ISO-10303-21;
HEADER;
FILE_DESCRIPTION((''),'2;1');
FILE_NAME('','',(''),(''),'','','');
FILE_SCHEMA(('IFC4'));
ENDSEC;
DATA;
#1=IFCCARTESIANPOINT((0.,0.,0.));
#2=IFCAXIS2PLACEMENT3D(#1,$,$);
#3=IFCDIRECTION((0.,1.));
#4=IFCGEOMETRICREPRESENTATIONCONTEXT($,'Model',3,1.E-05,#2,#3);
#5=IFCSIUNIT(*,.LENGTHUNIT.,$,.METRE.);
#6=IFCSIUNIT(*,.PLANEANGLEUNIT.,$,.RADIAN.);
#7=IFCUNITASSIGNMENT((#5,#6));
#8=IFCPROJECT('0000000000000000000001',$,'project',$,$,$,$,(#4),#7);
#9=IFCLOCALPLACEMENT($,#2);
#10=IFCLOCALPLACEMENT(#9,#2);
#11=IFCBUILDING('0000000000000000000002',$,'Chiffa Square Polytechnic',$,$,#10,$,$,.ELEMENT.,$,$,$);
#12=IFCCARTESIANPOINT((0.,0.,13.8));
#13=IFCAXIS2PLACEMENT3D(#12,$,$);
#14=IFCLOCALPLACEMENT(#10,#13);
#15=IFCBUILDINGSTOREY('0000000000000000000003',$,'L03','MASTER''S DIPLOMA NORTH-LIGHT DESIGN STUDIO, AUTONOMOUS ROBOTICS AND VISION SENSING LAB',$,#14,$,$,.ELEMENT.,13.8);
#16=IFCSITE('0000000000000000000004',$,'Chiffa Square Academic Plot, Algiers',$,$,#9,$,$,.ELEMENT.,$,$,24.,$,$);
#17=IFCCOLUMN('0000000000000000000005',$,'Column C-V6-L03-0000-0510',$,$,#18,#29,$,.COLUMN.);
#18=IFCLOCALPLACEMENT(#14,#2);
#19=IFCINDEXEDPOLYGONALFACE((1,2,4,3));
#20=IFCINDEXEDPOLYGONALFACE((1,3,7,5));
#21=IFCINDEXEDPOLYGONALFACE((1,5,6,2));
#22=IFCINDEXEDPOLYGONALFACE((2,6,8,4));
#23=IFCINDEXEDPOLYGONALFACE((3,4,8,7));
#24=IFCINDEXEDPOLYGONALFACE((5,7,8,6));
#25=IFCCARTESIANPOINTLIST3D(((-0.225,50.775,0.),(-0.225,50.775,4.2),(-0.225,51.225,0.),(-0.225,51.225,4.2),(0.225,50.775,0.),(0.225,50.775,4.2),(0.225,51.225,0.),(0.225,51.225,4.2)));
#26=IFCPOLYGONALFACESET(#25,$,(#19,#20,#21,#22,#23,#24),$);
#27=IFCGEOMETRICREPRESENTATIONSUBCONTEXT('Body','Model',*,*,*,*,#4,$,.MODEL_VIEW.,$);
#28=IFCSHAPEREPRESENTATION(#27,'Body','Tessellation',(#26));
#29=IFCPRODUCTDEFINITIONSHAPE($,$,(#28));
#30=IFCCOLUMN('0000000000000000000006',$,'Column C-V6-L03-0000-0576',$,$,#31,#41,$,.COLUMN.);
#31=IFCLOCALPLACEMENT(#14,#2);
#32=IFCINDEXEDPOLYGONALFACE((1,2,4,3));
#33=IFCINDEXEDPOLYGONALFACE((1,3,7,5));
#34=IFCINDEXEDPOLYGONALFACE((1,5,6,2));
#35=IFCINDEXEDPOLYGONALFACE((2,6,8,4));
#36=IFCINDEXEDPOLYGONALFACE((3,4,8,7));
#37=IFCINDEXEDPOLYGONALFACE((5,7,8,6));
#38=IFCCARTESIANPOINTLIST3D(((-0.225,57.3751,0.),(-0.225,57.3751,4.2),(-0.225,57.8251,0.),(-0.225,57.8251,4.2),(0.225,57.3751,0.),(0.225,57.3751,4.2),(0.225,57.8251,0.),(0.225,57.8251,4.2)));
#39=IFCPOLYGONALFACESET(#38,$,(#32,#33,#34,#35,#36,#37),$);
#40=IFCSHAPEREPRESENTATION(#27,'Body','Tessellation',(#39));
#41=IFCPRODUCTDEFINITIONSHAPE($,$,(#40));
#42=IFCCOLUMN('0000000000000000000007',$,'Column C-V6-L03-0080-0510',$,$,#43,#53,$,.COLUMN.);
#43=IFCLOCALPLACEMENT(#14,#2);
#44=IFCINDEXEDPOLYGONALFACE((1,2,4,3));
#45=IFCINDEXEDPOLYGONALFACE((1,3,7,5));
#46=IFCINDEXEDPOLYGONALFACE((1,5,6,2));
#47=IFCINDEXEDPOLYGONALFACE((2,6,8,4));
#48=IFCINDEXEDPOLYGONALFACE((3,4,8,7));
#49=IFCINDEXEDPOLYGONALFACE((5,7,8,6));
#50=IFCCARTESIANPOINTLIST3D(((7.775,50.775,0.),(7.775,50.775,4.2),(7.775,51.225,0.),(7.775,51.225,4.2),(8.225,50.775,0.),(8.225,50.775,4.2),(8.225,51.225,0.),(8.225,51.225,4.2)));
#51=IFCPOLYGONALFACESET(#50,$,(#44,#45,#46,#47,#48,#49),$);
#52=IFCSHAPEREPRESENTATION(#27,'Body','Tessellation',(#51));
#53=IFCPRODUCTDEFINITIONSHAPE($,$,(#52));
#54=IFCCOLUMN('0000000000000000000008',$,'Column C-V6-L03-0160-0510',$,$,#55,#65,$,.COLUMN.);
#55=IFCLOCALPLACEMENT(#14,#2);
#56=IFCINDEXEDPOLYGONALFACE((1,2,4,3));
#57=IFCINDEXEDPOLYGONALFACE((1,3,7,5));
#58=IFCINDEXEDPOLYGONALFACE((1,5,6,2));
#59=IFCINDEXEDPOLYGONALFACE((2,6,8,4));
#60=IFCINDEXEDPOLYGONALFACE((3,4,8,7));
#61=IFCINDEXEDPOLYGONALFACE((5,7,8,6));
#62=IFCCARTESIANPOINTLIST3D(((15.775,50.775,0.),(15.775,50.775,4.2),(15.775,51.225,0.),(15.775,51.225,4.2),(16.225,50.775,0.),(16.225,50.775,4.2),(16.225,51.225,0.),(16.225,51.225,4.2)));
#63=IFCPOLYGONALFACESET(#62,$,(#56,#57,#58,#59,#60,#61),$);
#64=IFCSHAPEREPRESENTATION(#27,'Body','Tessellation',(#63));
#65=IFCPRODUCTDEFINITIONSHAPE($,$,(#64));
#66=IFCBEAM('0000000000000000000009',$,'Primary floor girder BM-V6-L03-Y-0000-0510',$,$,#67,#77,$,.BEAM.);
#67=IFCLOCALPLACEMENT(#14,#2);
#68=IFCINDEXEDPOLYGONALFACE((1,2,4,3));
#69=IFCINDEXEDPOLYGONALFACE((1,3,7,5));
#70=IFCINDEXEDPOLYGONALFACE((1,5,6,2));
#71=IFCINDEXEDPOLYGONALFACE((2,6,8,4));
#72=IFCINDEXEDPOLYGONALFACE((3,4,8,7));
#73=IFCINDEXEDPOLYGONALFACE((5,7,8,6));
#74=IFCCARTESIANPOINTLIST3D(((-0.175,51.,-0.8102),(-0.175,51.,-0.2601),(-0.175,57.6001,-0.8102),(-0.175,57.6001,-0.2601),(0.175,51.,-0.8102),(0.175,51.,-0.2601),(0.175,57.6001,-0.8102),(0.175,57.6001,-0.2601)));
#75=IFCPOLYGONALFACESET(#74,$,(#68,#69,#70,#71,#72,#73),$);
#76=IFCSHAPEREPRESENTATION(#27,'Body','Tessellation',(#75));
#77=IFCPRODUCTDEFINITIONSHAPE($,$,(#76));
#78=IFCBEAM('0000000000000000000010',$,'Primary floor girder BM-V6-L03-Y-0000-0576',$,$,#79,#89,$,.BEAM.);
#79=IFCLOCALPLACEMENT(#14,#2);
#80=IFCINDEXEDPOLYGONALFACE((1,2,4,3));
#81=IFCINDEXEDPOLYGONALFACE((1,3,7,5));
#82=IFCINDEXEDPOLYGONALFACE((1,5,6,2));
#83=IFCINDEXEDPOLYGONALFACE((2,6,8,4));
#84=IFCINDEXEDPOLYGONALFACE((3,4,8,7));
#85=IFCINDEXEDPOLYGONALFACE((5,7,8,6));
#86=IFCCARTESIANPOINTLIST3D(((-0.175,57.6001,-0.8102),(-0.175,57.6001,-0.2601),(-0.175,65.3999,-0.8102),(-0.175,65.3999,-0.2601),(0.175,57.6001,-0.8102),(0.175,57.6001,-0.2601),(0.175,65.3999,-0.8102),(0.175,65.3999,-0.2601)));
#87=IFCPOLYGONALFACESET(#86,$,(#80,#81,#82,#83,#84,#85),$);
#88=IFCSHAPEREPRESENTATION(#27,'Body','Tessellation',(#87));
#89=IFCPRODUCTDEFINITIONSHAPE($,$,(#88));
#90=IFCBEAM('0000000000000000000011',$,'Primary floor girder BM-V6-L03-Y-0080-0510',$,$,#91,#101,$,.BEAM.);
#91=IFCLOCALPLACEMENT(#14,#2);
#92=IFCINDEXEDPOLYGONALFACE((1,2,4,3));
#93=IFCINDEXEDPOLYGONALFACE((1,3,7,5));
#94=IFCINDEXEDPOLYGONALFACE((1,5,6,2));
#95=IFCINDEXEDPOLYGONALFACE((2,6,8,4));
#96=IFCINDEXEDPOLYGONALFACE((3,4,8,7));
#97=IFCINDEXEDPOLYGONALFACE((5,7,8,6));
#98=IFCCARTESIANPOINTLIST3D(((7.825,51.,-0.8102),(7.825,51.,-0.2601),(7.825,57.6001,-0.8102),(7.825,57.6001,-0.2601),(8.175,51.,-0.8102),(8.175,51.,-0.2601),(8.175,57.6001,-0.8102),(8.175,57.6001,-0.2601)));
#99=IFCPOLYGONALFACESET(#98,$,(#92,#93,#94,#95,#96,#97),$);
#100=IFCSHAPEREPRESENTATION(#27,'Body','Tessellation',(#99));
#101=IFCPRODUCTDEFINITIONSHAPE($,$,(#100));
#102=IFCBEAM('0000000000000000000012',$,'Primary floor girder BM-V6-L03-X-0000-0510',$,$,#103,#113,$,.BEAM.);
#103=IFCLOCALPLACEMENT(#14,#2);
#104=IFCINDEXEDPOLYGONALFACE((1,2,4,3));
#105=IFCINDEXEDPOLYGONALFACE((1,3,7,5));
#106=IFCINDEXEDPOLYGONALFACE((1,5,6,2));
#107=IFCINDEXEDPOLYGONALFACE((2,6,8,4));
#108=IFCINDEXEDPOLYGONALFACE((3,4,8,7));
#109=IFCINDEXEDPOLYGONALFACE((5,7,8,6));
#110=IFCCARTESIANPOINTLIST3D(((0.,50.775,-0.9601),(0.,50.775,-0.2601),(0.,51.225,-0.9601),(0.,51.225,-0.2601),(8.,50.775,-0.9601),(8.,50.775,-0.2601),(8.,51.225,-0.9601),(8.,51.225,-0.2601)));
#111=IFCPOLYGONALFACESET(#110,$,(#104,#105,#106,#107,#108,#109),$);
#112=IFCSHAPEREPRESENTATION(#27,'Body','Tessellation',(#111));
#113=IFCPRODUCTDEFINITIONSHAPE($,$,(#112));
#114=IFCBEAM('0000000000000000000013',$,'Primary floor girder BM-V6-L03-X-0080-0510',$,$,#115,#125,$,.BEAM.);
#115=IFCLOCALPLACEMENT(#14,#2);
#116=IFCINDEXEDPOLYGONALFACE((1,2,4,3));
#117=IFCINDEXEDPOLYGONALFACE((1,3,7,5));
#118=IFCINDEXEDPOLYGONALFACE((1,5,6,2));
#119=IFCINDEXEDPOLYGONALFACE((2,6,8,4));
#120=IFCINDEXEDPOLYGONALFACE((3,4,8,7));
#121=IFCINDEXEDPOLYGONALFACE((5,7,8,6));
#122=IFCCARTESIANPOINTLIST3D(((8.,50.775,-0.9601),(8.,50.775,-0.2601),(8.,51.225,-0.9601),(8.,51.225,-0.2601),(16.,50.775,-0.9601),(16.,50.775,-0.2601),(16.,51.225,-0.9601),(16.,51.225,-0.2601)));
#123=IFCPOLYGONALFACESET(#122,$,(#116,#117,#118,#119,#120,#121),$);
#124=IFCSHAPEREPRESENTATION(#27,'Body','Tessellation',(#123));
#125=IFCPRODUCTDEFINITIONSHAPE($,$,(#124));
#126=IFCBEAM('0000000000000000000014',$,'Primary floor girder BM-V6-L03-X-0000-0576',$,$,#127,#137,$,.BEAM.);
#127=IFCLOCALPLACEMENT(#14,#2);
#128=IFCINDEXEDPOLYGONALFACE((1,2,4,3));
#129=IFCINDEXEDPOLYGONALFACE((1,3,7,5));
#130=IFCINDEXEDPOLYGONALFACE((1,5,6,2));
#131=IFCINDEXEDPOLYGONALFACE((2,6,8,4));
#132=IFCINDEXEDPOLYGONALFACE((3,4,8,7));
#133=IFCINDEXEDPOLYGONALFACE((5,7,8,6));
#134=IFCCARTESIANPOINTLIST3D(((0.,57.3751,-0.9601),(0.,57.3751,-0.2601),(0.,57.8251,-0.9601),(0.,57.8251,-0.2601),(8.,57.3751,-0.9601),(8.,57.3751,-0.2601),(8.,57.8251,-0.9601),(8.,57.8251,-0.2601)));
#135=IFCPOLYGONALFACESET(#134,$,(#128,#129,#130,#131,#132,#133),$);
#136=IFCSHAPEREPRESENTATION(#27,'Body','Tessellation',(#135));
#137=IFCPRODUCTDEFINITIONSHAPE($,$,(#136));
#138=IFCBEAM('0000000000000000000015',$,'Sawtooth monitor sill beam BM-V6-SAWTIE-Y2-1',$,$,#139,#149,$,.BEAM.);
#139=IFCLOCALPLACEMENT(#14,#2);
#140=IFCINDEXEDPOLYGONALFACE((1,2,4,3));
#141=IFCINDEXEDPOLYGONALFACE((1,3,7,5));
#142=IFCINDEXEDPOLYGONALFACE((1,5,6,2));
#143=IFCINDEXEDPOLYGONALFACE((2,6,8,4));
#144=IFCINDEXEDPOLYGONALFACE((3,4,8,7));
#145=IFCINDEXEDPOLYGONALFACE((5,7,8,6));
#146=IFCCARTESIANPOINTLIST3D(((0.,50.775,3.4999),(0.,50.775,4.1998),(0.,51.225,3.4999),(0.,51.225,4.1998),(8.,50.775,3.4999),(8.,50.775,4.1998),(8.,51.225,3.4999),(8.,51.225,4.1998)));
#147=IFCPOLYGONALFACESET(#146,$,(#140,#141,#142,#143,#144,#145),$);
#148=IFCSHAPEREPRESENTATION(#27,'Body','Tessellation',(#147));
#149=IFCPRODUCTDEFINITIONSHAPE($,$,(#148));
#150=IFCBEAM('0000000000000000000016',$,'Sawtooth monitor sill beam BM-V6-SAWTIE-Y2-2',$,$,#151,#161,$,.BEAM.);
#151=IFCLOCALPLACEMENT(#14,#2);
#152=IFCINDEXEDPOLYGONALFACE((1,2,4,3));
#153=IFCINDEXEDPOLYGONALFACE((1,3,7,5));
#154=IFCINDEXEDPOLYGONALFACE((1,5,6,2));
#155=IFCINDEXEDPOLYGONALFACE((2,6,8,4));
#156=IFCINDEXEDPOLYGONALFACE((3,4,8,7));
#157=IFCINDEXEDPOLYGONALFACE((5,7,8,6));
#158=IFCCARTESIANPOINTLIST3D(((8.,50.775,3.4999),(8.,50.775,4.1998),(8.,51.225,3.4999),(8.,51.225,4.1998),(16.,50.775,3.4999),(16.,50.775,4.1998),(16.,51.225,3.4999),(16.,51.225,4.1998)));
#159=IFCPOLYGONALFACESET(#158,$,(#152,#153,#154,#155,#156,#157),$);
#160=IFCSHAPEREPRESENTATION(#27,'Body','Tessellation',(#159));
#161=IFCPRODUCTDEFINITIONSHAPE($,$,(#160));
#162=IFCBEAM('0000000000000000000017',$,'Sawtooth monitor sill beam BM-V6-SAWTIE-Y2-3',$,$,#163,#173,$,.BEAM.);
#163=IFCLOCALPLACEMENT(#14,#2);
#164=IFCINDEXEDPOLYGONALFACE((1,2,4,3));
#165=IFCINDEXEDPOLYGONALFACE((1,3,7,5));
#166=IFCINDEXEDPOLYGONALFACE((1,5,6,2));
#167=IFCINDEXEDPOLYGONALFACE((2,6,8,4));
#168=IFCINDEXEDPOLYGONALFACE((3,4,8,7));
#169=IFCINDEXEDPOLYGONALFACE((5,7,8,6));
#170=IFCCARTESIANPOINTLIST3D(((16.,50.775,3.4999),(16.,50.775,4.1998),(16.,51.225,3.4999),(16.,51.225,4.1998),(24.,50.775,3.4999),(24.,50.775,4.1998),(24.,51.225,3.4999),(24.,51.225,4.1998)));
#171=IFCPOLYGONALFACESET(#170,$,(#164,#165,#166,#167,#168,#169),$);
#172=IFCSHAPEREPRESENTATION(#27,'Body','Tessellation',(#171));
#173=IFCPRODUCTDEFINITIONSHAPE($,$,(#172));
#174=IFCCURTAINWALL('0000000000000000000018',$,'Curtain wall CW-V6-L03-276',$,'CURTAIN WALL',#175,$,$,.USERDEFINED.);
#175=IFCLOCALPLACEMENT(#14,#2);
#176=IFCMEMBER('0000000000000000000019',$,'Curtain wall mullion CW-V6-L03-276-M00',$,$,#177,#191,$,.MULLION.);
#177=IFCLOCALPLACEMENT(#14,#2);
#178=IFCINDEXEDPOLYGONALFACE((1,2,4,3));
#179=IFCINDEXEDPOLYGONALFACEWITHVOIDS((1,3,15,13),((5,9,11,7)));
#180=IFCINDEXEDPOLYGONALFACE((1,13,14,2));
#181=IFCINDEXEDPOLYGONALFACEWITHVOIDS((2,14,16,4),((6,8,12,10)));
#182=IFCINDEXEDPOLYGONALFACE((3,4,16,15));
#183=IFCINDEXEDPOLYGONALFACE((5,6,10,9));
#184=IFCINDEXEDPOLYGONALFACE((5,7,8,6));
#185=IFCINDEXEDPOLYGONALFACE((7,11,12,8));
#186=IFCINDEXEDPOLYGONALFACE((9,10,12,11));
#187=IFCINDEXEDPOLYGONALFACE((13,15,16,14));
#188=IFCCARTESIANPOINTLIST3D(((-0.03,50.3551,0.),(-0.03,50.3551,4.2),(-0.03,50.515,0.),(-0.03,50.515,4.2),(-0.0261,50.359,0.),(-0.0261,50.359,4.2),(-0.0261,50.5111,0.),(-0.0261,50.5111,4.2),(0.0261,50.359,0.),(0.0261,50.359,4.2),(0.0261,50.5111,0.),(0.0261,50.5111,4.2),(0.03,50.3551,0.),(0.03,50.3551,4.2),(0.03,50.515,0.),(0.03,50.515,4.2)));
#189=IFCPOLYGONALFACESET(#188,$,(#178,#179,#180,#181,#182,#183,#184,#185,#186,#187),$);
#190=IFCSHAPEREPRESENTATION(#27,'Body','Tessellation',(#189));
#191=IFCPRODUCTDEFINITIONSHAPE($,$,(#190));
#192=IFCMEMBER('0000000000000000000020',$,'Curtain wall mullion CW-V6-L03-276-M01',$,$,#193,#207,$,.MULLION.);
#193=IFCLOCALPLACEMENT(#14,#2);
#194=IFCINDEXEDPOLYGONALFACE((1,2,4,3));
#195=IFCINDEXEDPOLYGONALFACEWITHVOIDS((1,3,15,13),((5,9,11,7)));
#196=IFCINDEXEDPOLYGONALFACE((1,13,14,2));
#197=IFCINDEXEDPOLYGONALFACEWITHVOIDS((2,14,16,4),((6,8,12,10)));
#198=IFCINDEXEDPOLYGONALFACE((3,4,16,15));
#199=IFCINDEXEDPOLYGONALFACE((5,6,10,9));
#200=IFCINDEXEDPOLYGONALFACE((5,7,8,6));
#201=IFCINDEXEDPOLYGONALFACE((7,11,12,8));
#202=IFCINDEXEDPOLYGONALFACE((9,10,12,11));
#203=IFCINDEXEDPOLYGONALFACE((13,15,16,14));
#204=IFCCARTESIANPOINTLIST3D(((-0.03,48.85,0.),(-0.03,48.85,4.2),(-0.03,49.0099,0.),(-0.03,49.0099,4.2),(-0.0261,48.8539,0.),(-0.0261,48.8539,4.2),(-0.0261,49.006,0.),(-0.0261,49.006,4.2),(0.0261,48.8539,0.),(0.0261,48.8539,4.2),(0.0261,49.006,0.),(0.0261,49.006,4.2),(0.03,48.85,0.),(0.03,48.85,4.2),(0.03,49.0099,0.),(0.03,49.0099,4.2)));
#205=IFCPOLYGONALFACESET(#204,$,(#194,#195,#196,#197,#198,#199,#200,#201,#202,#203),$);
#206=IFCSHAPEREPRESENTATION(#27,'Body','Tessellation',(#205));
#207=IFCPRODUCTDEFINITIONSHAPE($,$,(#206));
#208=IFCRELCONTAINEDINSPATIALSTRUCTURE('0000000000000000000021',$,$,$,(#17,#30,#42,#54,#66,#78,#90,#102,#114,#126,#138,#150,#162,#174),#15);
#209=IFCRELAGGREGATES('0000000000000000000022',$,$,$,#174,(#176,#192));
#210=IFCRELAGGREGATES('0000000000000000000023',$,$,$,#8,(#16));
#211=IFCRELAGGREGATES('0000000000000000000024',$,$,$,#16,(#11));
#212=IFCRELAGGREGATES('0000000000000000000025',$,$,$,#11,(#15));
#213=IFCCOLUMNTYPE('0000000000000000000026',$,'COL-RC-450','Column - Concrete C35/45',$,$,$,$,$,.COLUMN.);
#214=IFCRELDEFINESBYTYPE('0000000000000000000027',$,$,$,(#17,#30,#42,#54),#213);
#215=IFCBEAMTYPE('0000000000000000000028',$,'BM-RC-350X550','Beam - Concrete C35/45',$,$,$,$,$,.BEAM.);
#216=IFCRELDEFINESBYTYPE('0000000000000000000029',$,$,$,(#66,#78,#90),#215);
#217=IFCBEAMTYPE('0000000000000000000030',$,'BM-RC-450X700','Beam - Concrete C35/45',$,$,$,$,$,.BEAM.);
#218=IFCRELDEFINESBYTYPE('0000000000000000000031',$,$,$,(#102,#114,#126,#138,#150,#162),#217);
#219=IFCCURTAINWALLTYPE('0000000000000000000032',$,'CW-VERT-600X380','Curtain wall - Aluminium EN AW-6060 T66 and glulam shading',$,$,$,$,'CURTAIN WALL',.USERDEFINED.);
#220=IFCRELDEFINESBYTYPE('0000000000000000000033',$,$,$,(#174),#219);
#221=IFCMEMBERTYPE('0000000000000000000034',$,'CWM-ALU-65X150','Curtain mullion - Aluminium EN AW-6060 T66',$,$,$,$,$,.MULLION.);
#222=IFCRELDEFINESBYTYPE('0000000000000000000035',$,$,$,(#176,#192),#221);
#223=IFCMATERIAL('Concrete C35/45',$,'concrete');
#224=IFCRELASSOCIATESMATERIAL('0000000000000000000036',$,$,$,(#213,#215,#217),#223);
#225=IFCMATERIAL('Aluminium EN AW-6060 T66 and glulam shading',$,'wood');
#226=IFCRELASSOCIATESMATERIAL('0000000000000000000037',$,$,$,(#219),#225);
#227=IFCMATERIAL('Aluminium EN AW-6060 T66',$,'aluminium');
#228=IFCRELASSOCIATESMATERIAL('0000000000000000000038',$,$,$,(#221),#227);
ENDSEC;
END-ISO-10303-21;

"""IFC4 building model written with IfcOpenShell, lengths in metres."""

from ifc_helpers import new_model, si_unit, direction, frame, origin, origin_2d, place, context, subcontext, project, spatial, rectangle, hollow_rectangle, extrude, material, material_profile, profile_set, type_object, element, aggregate, save


model = new_model("IFC4")

# Units and contexts
model_context = context("Model", 3, precision=1e-05, world=origin(), true_north=direction((0.0, 1.0)))
body_context = subcontext(model_context, "Body", "Model", "MODEL_VIEW")
ifc_project = project(units=[si_unit("LENGTHUNIT", "METRE"), si_unit("PLANEANGLEUNIT", "RADIAN")], contexts=[model_context])

# Site, building, storey
site_placement = place(None, origin())
site = spatial("IfcSite", under=ifc_project, at=site_placement, Name="Chiffa Square Academic Plot, Algiers", CompositionType="ELEMENT", RefElevation=24.0)
building_placement = place(site_placement, origin())
building = spatial("IfcBuilding", under=site, at=building_placement, Name="Chiffa Square Polytechnic", CompositionType="ELEMENT")
storey_placement = place(building_placement, frame((0.0, 0.0, 13.8)))
storey = spatial("IfcBuildingStorey", under=building, at=storey_placement, Name="L03", Description="MASTER'S DIPLOMA NORTH-LIGHT DESIGN STUDIO, AUTONOMOUS ROBOTICS AND VISION SENSING LAB", CompositionType="ELEMENT", Elevation=13.8)

# Columns
ifc_material_1 = material(Name="Concrete C35/45", Category="concrete")
ifc_material_profile_1 = material_profile(ifc_material_1, rectangle(XDim=0.45, YDim=0.45, at=origin_2d()), Name="RC 450x450")
ifc_profile_set_1 = profile_set([ifc_material_profile_1], Name="Concrete C35/45")
column_type = type_object("IfcColumnType", Name="COL-RC-450", Description="Column - Concrete C35/45", PredefinedType="COLUMN", material=ifc_profile_set_1)
for number, where, z_axis, x_axis, name in (
    (1, (0.0, 51.0, 0.0), (0.0, 0.0, 1.0), (1.0, 0.0, 0.0), "Column C-V6-L03-0000-0510"),
    (2, (0.0, 57.6001, 0.0), (0.0, 0.0, 1.0), (1.0, 0.0, 0.0), "Column C-V6-L03-0000-0576"),
    (3, (8.0, 51.0, 0.0), (0.0, 0.0, 1.0), (1.0, 0.0, 0.0), "Column C-V6-L03-0080-0510"),
    (4, (16.0, 51.0, 0.0), (0.0, 0.0, 1.0), (1.0, 0.0, 0.0), "Column C-V6-L03-0160-0510"),
):
    element("IfcColumn", number, at=place(storey_placement, frame(where, z_axis=z_axis, x_axis=x_axis)), inside=storey, type_object=column_type, Name=name, PredefinedType="COLUMN", context=body_context, shape_type="SweptSolid", body=[
        extrude(rectangle(XDim=0.45, YDim=0.45, at=origin_2d()), origin(), (0.0, 0.0, 1.0), 4.2),
    ])

# Beams
ifc_material_profile_2 = material_profile(ifc_material_1, rectangle(XDim=0.3501, YDim=0.55, at=origin_2d()), Name="RC 350x550")
ifc_profile_set_2 = profile_set([ifc_material_profile_2], Name="Concrete C35/45")
beam_type_1 = type_object("IfcBeamType", Name="BM-RC-350X550", Description="Beam - Concrete C35/45", PredefinedType="BEAM", material=ifc_profile_set_2)
beam_1_placement = place(storey_placement, frame((0.0, 51.0, -0.5352), z_axis=(0.0, 1.0, 0.0), x_axis=(-1.0, 0.0, 0.0)))
element("IfcBeam", 5, at=beam_1_placement, inside=storey, type_object=beam_type_1, Name="Primary floor girder BM-V6-L03-Y-0000-0510", PredefinedType="BEAM", context=body_context, shape_type="SweptSolid", body=[
    extrude(rectangle(XDim=0.3501, YDim=0.55, at=origin_2d()), origin(), (0.0, 0.0, 1.0), 6.6001),
])
beam_2_placement = place(storey_placement, frame((0.0, 57.6001, -0.5352), z_axis=(0.0, 1.0, 0.0), x_axis=(-1.0, 0.0, 0.0)))
element("IfcBeam", 6, at=beam_2_placement, inside=storey, type_object=beam_type_1, Name="Primary floor girder BM-V6-L03-Y-0000-0576", PredefinedType="BEAM", context=body_context, shape_type="SweptSolid", body=[
    extrude(rectangle(XDim=0.3501, YDim=0.55, at=origin_2d()), origin(), (0.0, 0.0, 1.0), 7.7998),
])
beam_3_placement = place(storey_placement, frame((8.0, 51.0, -0.5352), z_axis=(0.0, 1.0, 0.0), x_axis=(-1.0, 0.0, 0.0)))
element("IfcBeam", 7, at=beam_3_placement, inside=storey, type_object=beam_type_1, Name="Primary floor girder BM-V6-L03-Y-0080-0510", PredefinedType="BEAM", context=body_context, shape_type="SweptSolid", body=[
    extrude(rectangle(XDim=0.3501, YDim=0.55, at=origin_2d()), origin(), (0.0, 0.0, 1.0), 6.6001),
])
ifc_material_profile_3 = material_profile(ifc_material_1, rectangle(XDim=0.45, YDim=0.7, at=origin_2d()), Name="RC 450x700")
ifc_profile_set_3 = profile_set([ifc_material_profile_3], Name="Concrete C35/45")
beam_type_2 = type_object("IfcBeamType", Name="BM-RC-450X700", Description="Beam - Concrete C35/45", PredefinedType="BEAM", material=ifc_profile_set_3)
for number, where, z_axis, x_axis, name in (
    (8, (0.0, 51.0, -0.6101), (1.0, 0.0, 0.0), (0.0, 1.0, 0.0), "Primary floor girder BM-V6-L03-X-0000-0510"),
    (9, (8.0, 51.0, -0.6101), (1.0, 0.0, 0.0), (0.0, 1.0, 0.0), "Primary floor girder BM-V6-L03-X-0080-0510"),
    (10, (0.0, 57.6001, -0.6101), (1.0, 0.0, 0.0), (0.0, 1.0, 0.0), "Primary floor girder BM-V6-L03-X-0000-0576"),
    (11, (0.0, 51.0, 3.8499), (1.0, 0.0, 0.0), (0.0, 1.0, 0.0), "Sawtooth monitor sill beam BM-V6-SAWTIE-Y2-1"),
    (12, (8.0, 51.0, 3.8499), (1.0, 0.0, 0.0), (0.0, 1.0, 0.0), "Sawtooth monitor sill beam BM-V6-SAWTIE-Y2-2"),
    (13, (16.0, 51.0, 3.8499), (1.0, 0.0, 0.0), (0.0, 1.0, 0.0), "Sawtooth monitor sill beam BM-V6-SAWTIE-Y2-3"),
):
    element("IfcBeam", number, at=place(storey_placement, frame(where, z_axis=z_axis, x_axis=x_axis)), inside=storey, type_object=beam_type_2, Name=name, PredefinedType="BEAM", context=body_context, shape_type="SweptSolid", body=[
        extrude(rectangle(XDim=0.45, YDim=0.7, at=origin_2d()), origin(), (0.0, 0.0, 1.0), 8.0),
    ])

# Curtain wall, members
ifc_material_2 = material(Name="Aluminium EN AW-6060 T66 and glulam shading", Category="wood")
curtain_wall_type = type_object("IfcCurtainWallType", Name="CW-VERT-600X380", Description="Curtain wall - Aluminium EN AW-6060 T66 and glulam shading", ElementType="CURTAIN WALL", PredefinedType="USERDEFINED", material=ifc_material_2)
curtain_wall_placement = place(storey_placement, origin())
curtain_wall = element("IfcCurtainWall", 14, at=curtain_wall_placement, inside=storey, type_object=curtain_wall_type, Name="Curtain wall CW-V6-L03-276", ObjectType="CURTAIN WALL", PredefinedType="USERDEFINED")
ifc_material_3 = material(Name="Aluminium EN AW-6060 T66", Category="aluminium")
ifc_material_profile_4 = material_profile(ifc_material_3, hollow_rectangle(XDim=0.0601, YDim=0.1599, WallThickness=0.0039, at=origin_2d()), Name="ALU 60x160x4")
ifc_profile_set_4 = profile_set([ifc_material_profile_4], Name="Aluminium EN AW-6060 T66")
member_type_1 = type_object("IfcMemberType", Name="CWM-ALU-65X150", Description="Curtain mullion - Aluminium EN AW-6060 T66", PredefinedType="MULLION", material=ifc_profile_set_4)
member_1_placement = place(storey_placement, frame((0.0, 50.4351, 0.0), z_axis=(0.0, 0.0, 1.0), x_axis=(1.0, 0.0, 0.0)))
member_1 = element("IfcMember", 15, at=member_1_placement, type_object=member_type_1, Name="Curtain wall mullion CW-V6-L03-276-M00", PredefinedType="MULLION", context=body_context, shape_type="SweptSolid", body=[
    extrude(hollow_rectangle(XDim=0.0601, YDim=0.1599, WallThickness=0.0039, at=origin_2d()), origin(), (0.0, 0.0, 1.0), 4.2),
])
member_2_placement = place(storey_placement, frame((0.0, 48.9299, 0.0), z_axis=(0.0, 0.0, 1.0), x_axis=(1.0, 0.0, 0.0)))
member_2 = element("IfcMember", 16, at=member_2_placement, type_object=member_type_1, Name="Curtain wall mullion CW-V6-L03-276-M01", PredefinedType="MULLION", context=body_context, shape_type="SweptSolid", body=[
    extrude(hollow_rectangle(XDim=0.0601, YDim=0.1599, WallThickness=0.0039, at=origin_2d()), origin(), (0.0, 0.0, 1.0), 4.2),
])

aggregate(curtain_wall, [member_1, member_2])

save(model, "model.ifc")
